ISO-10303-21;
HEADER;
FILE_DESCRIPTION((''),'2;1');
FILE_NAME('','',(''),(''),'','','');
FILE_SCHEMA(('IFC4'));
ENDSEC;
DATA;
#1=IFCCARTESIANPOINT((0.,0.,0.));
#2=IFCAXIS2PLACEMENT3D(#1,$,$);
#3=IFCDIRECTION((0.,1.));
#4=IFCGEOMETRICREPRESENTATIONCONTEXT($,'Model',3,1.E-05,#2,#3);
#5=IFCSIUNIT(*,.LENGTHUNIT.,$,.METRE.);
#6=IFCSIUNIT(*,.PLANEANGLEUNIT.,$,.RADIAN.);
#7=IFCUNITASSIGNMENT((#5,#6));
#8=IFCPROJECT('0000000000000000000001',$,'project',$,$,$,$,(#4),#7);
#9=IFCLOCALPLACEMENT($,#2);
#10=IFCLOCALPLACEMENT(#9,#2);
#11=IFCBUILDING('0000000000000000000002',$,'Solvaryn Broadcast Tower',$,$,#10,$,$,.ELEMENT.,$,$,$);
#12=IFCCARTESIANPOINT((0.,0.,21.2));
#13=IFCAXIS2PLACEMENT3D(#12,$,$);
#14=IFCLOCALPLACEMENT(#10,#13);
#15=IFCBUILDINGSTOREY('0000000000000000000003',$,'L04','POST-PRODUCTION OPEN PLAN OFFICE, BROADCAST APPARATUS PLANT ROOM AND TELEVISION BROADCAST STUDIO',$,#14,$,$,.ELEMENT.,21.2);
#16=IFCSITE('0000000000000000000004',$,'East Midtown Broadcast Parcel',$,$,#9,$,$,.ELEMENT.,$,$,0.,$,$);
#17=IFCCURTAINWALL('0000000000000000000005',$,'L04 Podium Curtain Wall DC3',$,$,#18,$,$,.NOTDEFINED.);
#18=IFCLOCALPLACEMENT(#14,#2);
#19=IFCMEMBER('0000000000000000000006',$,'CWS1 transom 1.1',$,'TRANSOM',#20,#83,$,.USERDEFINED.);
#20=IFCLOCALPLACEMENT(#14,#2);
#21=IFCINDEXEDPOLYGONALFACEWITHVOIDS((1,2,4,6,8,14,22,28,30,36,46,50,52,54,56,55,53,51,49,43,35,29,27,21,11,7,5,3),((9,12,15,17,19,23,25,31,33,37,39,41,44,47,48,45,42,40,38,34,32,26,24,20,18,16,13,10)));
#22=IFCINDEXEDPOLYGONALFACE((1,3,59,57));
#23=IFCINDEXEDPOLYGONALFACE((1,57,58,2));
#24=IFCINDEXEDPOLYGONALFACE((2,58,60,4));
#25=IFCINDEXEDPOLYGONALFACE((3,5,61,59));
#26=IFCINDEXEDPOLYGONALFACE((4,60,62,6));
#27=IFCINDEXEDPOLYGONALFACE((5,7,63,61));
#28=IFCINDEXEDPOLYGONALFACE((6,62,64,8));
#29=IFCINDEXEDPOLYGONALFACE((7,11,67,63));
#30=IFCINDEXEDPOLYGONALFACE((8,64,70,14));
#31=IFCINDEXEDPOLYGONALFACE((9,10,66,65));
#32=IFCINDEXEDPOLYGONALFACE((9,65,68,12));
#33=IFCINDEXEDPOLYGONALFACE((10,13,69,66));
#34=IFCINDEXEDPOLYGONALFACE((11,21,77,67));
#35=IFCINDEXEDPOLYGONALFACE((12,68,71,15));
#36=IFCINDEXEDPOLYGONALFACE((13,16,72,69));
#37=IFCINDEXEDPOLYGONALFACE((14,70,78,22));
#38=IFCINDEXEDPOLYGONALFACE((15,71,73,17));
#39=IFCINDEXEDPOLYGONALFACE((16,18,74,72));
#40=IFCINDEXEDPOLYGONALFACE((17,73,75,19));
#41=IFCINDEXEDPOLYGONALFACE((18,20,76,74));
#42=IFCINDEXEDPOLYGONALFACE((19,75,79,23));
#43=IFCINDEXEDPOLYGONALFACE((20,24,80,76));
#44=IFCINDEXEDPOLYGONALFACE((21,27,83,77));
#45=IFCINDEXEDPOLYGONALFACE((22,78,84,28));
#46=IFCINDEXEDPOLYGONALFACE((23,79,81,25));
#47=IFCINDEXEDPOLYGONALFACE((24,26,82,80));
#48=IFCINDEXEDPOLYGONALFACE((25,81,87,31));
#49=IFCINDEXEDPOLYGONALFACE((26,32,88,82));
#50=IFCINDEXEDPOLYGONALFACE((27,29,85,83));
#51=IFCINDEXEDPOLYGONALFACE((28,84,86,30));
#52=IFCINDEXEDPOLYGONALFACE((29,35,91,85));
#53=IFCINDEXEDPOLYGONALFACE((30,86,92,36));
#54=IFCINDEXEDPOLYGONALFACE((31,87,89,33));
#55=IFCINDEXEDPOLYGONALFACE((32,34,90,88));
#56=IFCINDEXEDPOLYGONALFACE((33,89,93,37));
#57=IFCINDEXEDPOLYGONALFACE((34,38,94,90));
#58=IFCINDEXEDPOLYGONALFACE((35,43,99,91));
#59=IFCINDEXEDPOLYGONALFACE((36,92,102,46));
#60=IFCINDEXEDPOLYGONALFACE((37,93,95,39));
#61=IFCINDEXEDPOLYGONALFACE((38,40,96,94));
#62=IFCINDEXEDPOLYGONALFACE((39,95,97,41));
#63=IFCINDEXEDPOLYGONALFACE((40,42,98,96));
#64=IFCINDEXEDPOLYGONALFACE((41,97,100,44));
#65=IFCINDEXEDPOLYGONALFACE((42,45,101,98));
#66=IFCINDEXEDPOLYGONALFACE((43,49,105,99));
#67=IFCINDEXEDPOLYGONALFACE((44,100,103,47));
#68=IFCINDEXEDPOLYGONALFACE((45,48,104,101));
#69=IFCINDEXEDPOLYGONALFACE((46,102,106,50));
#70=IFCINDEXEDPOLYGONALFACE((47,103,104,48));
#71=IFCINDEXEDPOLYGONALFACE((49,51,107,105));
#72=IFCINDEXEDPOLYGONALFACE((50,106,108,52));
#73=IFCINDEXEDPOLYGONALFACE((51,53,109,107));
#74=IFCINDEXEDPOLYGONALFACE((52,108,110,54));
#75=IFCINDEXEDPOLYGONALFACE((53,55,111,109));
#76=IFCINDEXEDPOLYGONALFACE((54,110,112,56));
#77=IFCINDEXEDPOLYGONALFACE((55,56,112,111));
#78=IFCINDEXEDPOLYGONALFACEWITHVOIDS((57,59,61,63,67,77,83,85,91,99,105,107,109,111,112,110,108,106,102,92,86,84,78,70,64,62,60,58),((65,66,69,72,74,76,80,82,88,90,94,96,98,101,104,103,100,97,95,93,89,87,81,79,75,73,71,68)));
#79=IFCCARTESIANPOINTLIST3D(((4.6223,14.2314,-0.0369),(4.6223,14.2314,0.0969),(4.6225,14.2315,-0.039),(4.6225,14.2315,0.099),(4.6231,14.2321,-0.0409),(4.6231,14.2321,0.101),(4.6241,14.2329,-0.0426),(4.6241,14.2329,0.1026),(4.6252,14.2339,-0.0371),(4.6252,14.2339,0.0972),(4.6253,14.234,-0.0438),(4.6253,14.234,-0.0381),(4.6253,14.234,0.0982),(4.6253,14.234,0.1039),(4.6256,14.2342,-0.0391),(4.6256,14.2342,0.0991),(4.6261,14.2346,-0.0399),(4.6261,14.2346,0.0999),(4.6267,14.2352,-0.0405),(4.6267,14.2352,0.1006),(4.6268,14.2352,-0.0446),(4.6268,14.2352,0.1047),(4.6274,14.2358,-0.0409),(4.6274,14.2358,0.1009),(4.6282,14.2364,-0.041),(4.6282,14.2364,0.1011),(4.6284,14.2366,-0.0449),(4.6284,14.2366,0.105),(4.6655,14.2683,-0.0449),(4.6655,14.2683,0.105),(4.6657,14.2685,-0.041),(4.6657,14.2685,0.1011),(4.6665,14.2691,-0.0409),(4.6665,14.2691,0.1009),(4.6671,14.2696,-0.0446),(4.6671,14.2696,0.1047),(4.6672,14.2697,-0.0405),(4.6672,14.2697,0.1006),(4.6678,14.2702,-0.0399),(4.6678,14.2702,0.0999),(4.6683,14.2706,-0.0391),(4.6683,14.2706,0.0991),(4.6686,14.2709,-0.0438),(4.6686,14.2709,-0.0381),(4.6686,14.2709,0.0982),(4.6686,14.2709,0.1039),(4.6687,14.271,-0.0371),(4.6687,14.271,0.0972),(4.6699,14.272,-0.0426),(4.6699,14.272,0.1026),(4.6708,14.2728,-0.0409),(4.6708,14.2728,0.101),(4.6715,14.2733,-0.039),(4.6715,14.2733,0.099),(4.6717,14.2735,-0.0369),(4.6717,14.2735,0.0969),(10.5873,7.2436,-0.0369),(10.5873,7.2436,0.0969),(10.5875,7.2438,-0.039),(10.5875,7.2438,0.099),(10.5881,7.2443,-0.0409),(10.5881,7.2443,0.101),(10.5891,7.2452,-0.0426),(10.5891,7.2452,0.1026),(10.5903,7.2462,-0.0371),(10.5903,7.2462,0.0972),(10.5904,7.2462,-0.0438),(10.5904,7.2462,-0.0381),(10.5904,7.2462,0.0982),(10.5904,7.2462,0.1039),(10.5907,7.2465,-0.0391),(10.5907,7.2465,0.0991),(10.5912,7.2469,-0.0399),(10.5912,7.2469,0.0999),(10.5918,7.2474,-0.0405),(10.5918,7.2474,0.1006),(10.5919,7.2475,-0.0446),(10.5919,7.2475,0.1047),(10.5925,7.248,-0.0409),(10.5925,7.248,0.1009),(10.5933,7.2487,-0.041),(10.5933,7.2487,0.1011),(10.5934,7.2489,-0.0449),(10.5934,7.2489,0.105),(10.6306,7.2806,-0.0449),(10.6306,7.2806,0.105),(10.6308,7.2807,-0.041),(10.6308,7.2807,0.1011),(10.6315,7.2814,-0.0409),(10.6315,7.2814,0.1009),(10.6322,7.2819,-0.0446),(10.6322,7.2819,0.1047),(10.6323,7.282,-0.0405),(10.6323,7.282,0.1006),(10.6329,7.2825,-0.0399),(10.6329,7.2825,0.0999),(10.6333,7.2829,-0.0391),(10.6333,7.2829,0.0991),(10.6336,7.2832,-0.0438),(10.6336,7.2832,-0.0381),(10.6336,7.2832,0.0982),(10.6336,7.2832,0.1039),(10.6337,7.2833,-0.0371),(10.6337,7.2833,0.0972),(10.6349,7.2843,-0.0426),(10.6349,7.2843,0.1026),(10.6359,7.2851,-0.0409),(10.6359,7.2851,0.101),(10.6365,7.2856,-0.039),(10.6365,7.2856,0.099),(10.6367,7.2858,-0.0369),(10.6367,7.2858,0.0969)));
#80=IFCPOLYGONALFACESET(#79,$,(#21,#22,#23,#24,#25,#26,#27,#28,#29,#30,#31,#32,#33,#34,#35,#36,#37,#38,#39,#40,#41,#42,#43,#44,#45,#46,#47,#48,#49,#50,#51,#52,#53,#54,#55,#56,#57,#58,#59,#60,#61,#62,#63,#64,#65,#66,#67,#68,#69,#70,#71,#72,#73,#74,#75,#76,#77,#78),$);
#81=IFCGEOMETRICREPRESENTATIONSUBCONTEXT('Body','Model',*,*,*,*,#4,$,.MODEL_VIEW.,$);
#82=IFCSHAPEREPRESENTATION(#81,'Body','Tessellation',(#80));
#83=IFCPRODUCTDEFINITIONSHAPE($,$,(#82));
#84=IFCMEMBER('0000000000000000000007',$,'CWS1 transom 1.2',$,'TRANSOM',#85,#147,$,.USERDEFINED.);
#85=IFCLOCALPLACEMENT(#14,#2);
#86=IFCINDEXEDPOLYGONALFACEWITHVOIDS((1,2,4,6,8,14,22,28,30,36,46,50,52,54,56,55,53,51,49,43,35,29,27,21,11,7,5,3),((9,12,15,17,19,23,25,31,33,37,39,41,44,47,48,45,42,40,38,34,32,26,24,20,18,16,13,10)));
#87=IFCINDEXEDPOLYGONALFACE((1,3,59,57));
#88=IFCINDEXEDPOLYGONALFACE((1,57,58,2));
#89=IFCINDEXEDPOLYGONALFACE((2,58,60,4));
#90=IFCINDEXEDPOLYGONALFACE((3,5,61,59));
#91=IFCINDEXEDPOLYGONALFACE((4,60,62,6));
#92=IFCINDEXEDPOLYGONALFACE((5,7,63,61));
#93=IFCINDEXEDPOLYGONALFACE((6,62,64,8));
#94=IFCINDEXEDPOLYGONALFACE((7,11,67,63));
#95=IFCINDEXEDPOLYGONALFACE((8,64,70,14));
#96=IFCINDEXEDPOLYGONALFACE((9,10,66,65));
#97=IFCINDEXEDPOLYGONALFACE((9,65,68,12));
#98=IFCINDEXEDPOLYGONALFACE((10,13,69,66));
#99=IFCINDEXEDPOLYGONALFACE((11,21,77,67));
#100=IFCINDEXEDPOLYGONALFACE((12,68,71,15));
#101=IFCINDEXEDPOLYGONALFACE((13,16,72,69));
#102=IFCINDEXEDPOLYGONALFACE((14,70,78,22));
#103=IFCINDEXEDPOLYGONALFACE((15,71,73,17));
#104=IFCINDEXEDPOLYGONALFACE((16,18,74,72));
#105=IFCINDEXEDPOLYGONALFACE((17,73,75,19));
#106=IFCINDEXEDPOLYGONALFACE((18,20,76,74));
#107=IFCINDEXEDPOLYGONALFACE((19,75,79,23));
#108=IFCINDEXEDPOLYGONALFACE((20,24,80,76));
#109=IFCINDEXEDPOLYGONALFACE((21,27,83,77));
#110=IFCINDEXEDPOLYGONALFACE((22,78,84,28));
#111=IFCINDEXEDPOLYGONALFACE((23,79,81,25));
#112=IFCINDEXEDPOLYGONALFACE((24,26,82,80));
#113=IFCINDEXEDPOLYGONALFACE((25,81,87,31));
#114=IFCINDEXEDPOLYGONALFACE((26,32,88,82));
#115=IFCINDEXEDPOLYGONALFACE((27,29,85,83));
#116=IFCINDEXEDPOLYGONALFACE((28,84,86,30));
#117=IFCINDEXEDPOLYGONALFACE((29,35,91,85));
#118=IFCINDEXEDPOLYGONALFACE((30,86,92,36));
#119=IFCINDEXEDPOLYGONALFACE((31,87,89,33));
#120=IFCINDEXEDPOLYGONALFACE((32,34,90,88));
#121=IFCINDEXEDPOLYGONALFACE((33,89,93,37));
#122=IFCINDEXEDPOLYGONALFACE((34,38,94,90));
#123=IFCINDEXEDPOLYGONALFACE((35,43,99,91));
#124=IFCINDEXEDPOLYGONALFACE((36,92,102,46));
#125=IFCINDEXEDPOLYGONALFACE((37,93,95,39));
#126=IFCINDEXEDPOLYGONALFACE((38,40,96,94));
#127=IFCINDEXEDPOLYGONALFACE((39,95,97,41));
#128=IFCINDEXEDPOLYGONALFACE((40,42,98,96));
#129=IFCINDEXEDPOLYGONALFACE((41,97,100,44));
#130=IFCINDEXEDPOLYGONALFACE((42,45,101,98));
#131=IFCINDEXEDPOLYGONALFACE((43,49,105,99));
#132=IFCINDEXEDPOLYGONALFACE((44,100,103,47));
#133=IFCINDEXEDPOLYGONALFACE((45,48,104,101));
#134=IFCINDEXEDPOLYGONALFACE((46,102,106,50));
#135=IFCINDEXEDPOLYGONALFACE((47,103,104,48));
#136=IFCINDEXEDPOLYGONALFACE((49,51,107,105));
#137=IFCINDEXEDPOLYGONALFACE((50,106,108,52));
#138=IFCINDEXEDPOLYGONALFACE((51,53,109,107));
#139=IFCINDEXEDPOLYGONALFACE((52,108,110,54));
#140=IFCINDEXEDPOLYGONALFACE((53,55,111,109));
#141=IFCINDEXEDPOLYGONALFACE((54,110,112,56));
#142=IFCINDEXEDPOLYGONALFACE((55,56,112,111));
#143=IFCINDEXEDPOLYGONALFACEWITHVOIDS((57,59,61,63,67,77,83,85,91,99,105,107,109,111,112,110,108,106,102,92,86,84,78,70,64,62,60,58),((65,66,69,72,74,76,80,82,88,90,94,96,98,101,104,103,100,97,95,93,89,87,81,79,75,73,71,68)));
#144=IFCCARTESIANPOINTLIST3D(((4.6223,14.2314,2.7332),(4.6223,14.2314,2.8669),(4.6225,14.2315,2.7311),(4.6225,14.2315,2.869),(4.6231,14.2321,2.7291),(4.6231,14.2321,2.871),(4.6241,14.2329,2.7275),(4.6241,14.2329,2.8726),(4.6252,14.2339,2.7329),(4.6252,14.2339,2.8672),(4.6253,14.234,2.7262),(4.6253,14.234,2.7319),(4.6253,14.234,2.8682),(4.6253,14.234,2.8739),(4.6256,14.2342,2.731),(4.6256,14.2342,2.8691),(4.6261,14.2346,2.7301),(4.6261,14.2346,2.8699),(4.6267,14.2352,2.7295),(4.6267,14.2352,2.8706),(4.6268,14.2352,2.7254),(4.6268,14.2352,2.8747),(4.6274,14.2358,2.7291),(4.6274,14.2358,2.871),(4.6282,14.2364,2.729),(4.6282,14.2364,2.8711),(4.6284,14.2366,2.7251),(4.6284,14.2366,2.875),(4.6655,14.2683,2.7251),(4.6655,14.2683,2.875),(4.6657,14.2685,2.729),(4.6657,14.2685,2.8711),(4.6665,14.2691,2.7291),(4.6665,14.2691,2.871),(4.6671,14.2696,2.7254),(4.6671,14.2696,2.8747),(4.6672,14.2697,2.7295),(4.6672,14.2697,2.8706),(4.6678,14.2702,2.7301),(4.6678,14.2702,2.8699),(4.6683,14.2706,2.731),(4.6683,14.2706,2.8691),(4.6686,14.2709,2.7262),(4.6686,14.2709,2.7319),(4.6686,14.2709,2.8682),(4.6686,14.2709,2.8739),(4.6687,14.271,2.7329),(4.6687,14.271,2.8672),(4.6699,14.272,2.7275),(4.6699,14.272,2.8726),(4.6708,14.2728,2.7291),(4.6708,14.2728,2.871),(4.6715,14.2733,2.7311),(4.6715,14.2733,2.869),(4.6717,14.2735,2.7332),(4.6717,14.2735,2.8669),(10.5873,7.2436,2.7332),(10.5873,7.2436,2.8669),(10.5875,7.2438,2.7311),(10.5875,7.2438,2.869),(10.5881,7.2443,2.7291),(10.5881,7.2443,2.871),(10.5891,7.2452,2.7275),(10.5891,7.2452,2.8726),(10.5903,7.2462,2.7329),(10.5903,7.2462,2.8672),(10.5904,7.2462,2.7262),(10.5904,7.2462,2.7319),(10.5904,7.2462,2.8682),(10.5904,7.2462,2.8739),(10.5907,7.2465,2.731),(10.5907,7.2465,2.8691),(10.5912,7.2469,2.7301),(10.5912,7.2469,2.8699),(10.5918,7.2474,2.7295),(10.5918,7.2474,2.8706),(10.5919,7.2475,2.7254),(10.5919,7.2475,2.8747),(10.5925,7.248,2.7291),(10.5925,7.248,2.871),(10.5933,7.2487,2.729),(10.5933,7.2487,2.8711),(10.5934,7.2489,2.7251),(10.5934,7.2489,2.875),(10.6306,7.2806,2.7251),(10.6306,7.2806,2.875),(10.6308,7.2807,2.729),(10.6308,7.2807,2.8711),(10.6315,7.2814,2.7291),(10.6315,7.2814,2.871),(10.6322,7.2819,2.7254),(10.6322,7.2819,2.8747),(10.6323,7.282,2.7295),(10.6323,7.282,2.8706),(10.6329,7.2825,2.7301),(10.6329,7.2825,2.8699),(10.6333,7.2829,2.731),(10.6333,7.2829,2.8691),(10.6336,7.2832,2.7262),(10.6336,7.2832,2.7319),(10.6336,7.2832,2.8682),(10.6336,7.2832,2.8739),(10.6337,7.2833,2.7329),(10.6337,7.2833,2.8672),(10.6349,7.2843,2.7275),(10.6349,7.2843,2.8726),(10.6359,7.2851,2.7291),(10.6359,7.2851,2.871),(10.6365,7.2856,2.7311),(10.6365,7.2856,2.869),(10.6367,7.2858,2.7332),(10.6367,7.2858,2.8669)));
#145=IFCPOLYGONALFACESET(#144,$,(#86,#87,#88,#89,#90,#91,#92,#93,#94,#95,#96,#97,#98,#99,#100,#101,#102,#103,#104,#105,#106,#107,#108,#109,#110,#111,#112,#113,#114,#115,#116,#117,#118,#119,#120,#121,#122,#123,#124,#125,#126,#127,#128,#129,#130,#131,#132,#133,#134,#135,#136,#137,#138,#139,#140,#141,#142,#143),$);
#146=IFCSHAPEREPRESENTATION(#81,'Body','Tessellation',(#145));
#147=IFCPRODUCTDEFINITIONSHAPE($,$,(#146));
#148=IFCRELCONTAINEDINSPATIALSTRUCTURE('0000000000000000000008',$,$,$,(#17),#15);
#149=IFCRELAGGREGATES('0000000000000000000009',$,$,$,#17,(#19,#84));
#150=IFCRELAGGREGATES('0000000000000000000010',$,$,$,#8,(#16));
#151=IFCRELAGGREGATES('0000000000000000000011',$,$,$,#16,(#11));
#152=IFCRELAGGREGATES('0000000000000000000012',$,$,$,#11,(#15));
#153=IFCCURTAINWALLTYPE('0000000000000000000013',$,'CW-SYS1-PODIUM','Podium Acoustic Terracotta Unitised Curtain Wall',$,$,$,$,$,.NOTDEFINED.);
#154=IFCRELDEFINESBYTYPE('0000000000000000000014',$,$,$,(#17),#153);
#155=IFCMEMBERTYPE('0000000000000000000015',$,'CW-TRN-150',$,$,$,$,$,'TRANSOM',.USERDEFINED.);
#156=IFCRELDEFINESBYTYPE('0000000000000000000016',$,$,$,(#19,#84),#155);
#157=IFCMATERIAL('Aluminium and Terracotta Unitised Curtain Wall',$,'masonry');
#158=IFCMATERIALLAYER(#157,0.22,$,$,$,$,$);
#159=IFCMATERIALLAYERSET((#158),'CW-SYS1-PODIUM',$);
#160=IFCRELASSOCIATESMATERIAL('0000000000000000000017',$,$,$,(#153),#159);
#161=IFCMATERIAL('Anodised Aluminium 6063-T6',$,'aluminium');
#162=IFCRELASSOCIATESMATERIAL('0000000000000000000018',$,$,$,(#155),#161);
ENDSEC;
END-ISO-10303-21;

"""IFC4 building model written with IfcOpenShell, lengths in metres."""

from ifc_helpers import new_model, si_unit, direction, frame, origin, origin_2d, place, context, subcontext, project, spatial, hollow_rectangle, extrude, material, layer, layer_set, material_profile, profile_set, type_object, element, aggregate, save


model = new_model("IFC4")

# Units and contexts
model_context = context("Model", 3, precision=1e-05, world=origin(), true_north=direction((0.0, 1.0)))
body_context = subcontext(model_context, "Body", "Model", "MODEL_VIEW")
ifc_project = project(units=[si_unit("LENGTHUNIT", "METRE"), si_unit("PLANEANGLEUNIT", "RADIAN")], contexts=[model_context])

# Site, building, storey
site_placement = place(None, origin())
site = spatial("IfcSite", under=ifc_project, at=site_placement, Name="East Midtown Broadcast Parcel", CompositionType="ELEMENT", RefElevation=0.0)
building_placement = place(site_placement, origin())
building = spatial("IfcBuilding", under=site, at=building_placement, Name="Solvaryn Broadcast Tower", CompositionType="ELEMENT")
storey_placement = place(building_placement, frame((0.0, 0.0, 21.2)))
storey = spatial("IfcBuildingStorey", under=building, at=storey_placement, Name="L04", Description="POST-PRODUCTION OPEN PLAN OFFICE, BROADCAST APPARATUS PLANT ROOM AND TELEVISION BROADCAST STUDIO", CompositionType="ELEMENT", Elevation=21.2)

# Shared definitions
ifc_material_1 = material(Name="Aluminium and Terracotta Unitised Curtain Wall", Category="masonry")
ifc_layer_1 = layer(ifc_material_1, 0.22)
ifc_layer_set_1 = layer_set([ifc_layer_1], Name="CW-SYS1-PODIUM")
curtain_wall_type = type_object("IfcCurtainWallType", Name="CW-SYS1-PODIUM", Description="Podium Acoustic Terracotta Unitised Curtain Wall", PredefinedType="NOTDEFINED", material=ifc_layer_set_1)

# Curtain wall
curtain_wall_1_placement = place(storey_placement, origin())
curtain_wall_1 = element("IfcCurtainWall", 1, at=curtain_wall_1_placement, inside=storey, type_object=curtain_wall_type, Name="L04 Podium Curtain Wall DC3", PredefinedType="NOTDEFINED")

# Members
ifc_material_2 = material(Name="Anodised Aluminium 6063-T6", Category="aluminium")
ifc_material_profile_1 = material_profile(ifc_material_2, hollow_rectangle(XDim=0.0649, YDim=0.1499, WallThickness=0.0039, InnerFilletRadius=0.0039, OuterFilletRadius=0.0081, at=origin_2d()))
ifc_profile_set_1 = profile_set([ifc_material_profile_1], Name="Anodised Aluminium 6063-T6")
member_type_1 = type_object("IfcMemberType", Name="CW-TRN-150", ElementType="TRANSOM", PredefinedType="USERDEFINED", material=ifc_profile_set_1)
member_1_placement = place(storey_placement, frame((4.647, 14.2524, 0.03), z_axis=(0.649256, -0.76057, 0.0), x_axis=(0.76057, 0.649256, 0.0)))
member_1 = element("IfcMember", 2, at=member_1_placement, type_object=member_type_1, Name="CWS1 transom 1.1", ObjectType="TRANSOM", PredefinedType="USERDEFINED", context=body_context, shape_type="SweptSolid", body=[
    extrude(hollow_rectangle(XDim=0.0649, YDim=0.1499, WallThickness=0.0039, InnerFilletRadius=0.0039, OuterFilletRadius=0.0081, at=origin_2d()), origin(), (0.0, 0.0, 1.0), 9.1875),
])
member_2_placement = place(storey_placement, frame((4.647, 14.2524, 2.8), z_axis=(0.649256, -0.76057, 0.0), x_axis=(0.76057, 0.649256, 0.0)))
member_2 = element("IfcMember", 3, at=member_2_placement, type_object=member_type_1, Name="CWS1 transom 1.2", ObjectType="TRANSOM", PredefinedType="USERDEFINED", context=body_context, shape_type="SweptSolid", body=[
    extrude(hollow_rectangle(XDim=0.0649, YDim=0.1499, WallThickness=0.0039, InnerFilletRadius=0.0039, OuterFilletRadius=0.0081, at=origin_2d()), origin(), (0.0, 0.0, 1.0), 9.1875),
])
aggregate(curtain_wall_1, [member_1, member_2])

save(model, "model.ifc")
